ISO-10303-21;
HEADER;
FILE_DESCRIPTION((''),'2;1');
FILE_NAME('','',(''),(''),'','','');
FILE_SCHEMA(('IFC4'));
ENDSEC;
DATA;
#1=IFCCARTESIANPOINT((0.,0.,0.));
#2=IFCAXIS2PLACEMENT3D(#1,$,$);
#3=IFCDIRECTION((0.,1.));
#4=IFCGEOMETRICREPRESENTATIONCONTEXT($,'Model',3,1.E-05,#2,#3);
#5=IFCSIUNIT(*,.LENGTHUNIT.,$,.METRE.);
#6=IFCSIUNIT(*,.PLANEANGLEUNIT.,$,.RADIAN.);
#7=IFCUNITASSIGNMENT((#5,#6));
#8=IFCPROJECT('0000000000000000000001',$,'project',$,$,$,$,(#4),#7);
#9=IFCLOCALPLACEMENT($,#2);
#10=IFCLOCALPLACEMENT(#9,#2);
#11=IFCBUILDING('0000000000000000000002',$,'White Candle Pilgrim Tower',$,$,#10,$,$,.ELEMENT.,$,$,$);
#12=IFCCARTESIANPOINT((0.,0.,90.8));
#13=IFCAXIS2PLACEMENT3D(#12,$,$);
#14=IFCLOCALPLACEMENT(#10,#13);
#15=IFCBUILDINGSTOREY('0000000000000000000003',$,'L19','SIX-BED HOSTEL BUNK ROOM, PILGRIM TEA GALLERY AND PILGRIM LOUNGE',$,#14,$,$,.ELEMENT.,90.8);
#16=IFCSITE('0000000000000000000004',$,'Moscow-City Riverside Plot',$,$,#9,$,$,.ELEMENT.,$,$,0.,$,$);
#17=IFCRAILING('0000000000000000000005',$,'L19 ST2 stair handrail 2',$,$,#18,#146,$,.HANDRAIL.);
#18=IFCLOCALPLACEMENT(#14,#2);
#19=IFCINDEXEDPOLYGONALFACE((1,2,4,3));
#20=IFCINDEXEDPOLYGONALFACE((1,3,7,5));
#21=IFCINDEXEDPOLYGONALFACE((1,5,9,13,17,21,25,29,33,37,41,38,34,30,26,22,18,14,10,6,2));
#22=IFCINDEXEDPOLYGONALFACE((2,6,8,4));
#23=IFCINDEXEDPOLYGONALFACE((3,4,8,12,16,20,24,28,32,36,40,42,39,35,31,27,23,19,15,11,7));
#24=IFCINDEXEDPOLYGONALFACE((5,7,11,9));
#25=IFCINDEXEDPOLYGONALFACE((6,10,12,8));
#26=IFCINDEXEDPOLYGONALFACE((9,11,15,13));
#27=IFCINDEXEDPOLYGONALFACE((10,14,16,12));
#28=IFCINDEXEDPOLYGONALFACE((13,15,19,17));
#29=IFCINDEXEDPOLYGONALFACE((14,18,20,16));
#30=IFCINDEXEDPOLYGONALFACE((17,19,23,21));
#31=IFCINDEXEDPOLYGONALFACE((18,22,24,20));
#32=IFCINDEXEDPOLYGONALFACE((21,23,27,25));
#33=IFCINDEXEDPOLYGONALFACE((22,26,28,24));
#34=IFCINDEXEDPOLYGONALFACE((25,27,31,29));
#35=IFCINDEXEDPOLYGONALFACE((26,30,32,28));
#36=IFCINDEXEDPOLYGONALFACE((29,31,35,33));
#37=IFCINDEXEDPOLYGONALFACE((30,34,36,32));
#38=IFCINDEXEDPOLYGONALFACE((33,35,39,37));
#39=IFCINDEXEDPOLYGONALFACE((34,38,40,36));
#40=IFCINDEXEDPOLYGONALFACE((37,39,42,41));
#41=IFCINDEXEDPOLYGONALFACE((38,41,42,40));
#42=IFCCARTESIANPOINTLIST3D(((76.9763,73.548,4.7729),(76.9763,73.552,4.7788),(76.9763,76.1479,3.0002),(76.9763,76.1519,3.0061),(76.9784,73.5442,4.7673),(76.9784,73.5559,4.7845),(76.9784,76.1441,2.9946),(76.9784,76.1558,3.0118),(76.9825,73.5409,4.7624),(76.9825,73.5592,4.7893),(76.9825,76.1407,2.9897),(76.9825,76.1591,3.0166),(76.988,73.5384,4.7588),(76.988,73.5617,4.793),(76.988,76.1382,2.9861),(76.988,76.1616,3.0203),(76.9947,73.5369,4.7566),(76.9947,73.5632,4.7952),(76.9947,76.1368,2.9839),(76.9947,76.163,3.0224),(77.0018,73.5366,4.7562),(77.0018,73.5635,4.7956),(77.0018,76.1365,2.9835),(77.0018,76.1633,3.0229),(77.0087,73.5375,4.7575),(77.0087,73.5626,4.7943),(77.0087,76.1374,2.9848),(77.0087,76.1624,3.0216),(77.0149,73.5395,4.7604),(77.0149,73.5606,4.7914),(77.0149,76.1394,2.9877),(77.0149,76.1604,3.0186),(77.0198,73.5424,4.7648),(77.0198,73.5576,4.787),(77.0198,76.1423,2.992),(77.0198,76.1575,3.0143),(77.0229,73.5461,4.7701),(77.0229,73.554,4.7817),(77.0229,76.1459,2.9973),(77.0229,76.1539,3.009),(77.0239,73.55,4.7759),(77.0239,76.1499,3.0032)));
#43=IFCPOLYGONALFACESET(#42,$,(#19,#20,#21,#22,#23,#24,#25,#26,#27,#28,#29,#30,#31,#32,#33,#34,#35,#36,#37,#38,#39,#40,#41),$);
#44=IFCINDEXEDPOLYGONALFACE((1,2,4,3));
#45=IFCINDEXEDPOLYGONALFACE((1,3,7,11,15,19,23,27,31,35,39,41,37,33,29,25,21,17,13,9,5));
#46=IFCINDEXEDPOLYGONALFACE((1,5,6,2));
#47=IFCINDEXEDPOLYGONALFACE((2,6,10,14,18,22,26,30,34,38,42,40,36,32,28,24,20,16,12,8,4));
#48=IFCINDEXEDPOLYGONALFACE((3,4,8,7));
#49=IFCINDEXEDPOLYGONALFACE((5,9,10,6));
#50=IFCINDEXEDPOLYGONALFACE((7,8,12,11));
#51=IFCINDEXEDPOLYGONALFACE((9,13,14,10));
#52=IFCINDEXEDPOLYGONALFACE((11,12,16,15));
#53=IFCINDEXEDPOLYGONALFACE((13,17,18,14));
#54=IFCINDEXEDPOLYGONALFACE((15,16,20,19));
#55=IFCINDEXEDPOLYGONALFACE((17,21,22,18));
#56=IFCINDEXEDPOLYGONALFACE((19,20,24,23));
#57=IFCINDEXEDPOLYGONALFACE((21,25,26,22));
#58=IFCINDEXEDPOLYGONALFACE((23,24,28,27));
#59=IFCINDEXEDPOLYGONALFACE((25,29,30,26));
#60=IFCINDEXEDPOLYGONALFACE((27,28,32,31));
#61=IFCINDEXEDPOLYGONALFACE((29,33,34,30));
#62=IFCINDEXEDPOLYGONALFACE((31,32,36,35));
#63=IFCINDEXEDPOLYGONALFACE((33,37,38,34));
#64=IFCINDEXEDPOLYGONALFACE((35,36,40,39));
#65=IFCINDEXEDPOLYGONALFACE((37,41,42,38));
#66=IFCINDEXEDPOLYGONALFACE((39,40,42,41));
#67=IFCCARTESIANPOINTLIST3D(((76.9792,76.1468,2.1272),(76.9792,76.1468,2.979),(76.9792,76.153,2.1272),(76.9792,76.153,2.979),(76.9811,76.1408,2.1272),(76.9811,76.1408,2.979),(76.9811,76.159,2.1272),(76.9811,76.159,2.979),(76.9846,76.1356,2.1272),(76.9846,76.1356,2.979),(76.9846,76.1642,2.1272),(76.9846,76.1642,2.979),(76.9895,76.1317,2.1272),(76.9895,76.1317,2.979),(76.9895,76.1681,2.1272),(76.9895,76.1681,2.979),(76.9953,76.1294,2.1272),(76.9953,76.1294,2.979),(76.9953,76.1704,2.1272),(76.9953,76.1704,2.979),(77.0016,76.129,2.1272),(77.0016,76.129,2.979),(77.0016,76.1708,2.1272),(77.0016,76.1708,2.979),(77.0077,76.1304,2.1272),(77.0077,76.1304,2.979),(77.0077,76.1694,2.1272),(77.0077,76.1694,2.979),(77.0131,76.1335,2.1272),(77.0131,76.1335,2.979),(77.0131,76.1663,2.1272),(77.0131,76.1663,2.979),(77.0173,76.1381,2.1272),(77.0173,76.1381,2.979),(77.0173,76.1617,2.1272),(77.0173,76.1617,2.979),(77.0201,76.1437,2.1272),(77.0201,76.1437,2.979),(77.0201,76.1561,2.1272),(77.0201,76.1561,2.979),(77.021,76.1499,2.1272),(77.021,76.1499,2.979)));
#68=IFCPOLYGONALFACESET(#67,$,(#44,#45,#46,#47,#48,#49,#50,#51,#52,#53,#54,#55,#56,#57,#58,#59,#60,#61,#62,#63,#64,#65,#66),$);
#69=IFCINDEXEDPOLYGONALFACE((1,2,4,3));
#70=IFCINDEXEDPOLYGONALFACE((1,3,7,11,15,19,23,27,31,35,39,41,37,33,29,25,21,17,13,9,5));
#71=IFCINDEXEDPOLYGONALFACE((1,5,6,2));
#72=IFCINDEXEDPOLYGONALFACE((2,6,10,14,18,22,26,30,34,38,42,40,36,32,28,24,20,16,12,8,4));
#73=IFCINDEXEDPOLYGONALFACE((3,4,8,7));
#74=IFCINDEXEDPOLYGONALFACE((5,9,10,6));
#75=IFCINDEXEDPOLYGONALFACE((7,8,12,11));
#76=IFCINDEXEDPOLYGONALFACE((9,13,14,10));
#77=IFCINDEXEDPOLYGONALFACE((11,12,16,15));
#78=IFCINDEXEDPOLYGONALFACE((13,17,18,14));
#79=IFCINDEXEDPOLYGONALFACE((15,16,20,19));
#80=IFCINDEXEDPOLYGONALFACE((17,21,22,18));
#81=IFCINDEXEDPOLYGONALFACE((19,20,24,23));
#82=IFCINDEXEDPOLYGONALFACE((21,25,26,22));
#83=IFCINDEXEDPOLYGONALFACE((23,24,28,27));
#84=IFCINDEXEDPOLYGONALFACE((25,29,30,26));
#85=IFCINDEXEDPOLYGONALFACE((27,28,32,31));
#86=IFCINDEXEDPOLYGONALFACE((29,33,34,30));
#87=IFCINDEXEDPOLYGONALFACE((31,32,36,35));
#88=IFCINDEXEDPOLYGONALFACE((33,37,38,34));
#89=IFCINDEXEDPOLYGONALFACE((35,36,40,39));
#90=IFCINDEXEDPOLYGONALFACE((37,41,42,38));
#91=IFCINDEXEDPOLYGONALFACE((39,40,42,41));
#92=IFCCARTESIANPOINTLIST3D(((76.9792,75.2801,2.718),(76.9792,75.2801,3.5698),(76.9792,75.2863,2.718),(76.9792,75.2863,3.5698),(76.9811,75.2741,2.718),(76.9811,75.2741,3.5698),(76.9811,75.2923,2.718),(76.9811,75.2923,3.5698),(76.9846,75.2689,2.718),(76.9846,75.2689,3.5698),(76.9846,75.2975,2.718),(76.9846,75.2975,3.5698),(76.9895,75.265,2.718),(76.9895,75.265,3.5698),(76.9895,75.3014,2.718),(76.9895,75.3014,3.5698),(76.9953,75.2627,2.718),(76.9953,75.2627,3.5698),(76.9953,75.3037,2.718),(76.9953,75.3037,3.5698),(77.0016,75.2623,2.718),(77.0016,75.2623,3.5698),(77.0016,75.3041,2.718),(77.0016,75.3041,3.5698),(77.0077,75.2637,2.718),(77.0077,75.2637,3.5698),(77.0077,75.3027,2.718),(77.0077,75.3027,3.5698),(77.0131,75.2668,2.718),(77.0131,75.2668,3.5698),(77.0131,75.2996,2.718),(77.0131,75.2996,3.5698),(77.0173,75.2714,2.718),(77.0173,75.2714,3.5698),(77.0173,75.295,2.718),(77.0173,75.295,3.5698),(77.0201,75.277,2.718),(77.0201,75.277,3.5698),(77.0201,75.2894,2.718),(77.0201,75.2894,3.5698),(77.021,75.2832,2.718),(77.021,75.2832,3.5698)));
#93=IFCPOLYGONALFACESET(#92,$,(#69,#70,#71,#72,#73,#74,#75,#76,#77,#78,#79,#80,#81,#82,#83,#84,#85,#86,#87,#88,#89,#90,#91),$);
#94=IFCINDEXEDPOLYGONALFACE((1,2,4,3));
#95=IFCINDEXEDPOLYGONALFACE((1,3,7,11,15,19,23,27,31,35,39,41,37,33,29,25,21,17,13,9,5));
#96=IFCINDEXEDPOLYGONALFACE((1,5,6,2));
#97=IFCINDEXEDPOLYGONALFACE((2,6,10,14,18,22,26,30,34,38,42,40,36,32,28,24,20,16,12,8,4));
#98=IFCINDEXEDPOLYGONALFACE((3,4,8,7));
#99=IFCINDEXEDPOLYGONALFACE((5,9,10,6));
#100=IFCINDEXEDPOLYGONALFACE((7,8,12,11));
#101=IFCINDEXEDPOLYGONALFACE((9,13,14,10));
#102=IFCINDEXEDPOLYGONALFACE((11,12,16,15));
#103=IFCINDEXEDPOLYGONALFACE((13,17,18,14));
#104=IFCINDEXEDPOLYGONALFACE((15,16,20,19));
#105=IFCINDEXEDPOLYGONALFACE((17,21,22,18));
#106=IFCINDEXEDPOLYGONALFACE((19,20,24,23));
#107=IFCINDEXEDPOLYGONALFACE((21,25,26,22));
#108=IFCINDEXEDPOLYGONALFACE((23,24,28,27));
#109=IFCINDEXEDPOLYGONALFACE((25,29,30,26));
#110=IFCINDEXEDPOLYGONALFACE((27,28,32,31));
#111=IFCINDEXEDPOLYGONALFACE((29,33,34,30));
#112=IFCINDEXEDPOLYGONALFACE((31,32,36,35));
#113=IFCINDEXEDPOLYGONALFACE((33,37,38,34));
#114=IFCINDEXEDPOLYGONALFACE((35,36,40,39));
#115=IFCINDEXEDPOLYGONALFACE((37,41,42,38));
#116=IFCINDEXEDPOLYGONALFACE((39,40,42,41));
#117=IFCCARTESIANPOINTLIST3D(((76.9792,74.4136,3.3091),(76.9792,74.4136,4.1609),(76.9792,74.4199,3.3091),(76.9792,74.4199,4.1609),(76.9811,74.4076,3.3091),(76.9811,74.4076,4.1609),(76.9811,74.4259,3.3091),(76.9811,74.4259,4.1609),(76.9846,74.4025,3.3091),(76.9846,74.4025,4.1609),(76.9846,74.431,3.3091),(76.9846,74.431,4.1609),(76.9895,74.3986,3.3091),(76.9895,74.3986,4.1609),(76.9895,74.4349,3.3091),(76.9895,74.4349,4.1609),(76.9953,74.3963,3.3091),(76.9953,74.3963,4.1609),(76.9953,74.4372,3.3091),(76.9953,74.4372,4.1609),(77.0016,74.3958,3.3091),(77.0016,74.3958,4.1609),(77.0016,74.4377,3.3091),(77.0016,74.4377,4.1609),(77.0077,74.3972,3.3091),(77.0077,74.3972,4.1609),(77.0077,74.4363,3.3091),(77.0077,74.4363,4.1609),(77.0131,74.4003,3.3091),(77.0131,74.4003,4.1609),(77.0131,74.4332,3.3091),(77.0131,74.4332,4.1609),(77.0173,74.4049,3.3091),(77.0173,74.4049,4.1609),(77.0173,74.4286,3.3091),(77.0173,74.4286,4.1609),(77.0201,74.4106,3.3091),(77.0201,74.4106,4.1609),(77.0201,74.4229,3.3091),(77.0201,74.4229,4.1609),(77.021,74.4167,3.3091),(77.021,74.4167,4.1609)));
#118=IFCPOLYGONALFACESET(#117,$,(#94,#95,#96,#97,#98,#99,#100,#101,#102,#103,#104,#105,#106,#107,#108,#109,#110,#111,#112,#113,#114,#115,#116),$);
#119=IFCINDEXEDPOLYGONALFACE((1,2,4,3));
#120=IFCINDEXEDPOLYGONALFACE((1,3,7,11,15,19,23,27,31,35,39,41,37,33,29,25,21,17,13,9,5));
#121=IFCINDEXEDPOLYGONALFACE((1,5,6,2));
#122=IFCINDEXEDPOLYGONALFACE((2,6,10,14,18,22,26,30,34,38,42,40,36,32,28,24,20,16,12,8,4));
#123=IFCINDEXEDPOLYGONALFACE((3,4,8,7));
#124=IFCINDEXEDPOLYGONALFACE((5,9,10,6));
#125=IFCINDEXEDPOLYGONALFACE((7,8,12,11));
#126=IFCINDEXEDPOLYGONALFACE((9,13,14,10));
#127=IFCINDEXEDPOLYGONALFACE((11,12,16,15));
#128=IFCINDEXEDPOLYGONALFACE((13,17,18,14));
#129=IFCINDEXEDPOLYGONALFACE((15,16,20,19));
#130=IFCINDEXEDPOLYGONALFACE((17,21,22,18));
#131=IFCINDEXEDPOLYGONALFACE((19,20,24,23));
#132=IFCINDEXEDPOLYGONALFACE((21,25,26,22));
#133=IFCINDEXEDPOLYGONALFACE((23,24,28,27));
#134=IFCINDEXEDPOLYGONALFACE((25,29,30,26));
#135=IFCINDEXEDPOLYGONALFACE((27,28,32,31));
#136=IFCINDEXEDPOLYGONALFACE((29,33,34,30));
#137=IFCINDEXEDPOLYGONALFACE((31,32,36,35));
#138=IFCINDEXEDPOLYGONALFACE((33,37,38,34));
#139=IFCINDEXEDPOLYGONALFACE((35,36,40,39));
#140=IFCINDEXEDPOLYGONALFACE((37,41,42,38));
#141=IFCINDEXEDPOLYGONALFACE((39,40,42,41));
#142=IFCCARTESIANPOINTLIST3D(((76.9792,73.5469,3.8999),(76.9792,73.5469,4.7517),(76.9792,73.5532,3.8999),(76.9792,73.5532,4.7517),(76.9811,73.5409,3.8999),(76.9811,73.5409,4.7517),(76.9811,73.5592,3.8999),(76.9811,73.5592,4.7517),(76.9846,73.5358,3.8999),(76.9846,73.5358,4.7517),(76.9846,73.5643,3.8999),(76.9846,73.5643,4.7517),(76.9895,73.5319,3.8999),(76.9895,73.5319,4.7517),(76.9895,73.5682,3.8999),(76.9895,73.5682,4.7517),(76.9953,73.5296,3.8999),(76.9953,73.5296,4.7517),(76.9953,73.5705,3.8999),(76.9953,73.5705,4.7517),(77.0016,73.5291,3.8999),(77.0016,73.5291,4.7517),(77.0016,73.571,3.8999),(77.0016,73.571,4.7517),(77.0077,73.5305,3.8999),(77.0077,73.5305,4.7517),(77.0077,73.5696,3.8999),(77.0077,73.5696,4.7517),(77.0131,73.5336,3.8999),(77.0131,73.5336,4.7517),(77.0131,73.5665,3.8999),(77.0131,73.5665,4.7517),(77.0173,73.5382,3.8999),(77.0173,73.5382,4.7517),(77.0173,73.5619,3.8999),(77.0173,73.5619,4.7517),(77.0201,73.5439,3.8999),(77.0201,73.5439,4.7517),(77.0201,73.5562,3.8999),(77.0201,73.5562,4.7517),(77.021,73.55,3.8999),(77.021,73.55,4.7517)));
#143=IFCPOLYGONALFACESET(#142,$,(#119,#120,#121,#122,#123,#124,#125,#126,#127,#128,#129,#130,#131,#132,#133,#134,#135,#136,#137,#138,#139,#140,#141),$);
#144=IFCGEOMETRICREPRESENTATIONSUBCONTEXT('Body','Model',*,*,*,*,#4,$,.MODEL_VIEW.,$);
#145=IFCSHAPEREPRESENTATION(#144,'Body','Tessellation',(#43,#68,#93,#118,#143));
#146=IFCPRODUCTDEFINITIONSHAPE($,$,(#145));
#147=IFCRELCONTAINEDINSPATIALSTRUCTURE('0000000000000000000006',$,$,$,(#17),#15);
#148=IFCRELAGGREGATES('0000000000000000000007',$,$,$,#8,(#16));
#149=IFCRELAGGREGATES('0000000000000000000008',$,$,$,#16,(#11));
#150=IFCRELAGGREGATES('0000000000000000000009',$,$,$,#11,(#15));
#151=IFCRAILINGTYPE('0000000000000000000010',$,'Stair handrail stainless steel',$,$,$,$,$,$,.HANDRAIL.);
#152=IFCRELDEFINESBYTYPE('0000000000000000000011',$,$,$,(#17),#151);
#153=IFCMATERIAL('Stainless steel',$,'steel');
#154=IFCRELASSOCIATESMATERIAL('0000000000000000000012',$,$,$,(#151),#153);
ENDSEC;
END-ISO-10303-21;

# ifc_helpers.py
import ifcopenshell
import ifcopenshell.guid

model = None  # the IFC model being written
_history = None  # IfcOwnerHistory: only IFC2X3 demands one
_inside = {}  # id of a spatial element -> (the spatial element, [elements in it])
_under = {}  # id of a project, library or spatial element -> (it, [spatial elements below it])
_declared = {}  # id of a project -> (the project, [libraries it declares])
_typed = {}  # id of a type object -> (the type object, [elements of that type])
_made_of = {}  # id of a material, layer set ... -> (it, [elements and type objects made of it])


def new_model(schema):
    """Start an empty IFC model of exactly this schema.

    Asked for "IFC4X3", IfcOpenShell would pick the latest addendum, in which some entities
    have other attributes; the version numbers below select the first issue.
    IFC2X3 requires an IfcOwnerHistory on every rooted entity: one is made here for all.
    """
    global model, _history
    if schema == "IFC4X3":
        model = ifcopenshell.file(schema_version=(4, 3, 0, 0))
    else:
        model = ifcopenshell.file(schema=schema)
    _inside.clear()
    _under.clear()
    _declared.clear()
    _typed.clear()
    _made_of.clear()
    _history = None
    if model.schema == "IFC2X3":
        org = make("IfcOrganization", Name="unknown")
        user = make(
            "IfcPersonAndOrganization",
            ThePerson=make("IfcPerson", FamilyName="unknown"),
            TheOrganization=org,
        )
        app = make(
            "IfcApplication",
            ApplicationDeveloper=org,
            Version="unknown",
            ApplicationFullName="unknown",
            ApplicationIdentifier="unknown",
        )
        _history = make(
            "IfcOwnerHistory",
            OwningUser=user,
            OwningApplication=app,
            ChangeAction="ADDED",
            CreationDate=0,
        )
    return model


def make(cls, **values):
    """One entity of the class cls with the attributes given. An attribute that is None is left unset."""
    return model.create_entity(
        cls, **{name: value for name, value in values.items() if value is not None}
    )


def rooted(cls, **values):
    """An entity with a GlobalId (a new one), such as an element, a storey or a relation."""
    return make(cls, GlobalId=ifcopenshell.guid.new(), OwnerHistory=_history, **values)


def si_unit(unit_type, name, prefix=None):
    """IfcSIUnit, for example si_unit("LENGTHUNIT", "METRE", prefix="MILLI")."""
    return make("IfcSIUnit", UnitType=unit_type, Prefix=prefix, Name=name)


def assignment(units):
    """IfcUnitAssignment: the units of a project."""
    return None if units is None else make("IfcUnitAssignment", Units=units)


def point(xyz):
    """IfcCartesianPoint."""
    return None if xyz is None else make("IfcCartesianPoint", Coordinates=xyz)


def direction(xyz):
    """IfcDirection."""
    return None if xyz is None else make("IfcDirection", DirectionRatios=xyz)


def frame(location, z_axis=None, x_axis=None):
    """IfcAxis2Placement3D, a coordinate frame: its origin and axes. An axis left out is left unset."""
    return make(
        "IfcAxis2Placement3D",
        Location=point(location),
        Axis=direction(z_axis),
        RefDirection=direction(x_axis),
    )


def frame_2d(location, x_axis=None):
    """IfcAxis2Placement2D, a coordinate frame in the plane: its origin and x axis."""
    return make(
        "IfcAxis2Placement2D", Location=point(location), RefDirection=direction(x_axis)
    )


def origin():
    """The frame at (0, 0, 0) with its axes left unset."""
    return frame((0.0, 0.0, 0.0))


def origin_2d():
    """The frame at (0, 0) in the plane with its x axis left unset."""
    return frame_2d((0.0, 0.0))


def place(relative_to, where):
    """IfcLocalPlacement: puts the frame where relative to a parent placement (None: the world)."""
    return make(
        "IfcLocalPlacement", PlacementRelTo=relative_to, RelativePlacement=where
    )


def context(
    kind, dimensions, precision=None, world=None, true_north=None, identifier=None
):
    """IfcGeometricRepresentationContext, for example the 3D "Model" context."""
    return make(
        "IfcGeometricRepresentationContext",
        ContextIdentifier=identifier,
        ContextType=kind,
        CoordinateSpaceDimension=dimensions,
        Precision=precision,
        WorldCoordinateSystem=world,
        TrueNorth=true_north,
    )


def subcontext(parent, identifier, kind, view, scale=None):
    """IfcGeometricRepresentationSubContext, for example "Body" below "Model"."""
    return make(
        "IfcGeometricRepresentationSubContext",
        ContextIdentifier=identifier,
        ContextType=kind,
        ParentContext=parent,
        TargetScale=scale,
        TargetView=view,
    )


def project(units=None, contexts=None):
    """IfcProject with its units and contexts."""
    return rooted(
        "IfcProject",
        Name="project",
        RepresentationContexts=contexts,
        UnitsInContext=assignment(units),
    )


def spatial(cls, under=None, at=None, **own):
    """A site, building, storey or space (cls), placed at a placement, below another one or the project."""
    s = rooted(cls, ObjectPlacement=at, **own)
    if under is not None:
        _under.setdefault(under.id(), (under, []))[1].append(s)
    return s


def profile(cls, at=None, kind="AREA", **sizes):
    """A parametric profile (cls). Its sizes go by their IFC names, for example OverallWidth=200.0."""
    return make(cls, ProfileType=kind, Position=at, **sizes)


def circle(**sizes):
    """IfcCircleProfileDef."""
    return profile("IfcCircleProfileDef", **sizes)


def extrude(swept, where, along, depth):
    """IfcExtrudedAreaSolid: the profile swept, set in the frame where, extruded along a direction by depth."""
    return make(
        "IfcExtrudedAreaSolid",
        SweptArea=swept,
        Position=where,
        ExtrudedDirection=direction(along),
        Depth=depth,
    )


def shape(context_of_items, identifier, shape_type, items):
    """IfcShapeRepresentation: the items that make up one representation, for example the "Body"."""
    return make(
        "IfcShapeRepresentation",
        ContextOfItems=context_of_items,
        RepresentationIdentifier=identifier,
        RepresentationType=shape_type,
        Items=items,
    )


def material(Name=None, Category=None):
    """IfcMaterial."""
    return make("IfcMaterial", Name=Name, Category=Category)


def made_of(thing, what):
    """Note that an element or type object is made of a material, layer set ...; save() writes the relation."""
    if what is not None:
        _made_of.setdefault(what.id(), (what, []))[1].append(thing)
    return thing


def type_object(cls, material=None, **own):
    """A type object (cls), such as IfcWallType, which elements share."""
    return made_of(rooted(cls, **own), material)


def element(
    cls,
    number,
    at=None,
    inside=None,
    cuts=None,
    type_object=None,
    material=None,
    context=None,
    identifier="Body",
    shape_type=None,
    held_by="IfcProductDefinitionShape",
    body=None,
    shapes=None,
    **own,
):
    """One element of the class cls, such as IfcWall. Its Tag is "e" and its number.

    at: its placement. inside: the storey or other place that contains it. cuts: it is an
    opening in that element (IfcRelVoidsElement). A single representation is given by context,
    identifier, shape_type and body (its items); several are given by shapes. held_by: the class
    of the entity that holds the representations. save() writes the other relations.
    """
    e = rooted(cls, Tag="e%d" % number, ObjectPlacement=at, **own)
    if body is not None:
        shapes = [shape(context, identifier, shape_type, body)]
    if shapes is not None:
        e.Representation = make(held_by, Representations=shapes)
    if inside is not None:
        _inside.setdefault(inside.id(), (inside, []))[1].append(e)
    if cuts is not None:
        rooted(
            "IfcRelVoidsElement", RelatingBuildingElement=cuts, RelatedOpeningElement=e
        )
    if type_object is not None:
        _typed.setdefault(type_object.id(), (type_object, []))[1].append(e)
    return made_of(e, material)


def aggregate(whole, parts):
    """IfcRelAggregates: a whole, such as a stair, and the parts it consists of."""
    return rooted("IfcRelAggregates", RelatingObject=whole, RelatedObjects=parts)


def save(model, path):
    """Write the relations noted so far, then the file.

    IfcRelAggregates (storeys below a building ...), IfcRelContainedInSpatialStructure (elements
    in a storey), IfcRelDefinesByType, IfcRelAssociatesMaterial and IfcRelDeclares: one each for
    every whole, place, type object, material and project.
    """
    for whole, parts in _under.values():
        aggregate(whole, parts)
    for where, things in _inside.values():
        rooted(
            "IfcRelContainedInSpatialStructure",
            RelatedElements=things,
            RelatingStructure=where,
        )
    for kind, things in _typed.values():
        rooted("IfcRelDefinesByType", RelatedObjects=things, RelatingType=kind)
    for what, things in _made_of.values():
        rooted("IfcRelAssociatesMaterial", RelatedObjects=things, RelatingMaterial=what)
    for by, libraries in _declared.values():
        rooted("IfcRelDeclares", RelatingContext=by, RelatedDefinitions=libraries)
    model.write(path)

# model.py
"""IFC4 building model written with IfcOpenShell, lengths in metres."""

from ifc_helpers import new_model, si_unit, direction, frame, origin, origin_2d, place, context, subcontext, project, spatial, circle, extrude, material, type_object, element, save


model = new_model("IFC4")

# Units and contexts
model_context = context("Model", 3, precision=1e-05, world=origin(), true_north=direction((0.0, 1.0)))
body_context = subcontext(model_context, "Body", "Model", "MODEL_VIEW")
ifc_project = project(units=[si_unit("LENGTHUNIT", "METRE"), si_unit("PLANEANGLEUNIT", "RADIAN")], contexts=[model_context])

# Site, building, storey
site_placement = place(None, origin())
site = spatial("IfcSite", under=ifc_project, at=site_placement, Name="Moscow-City Riverside Plot", CompositionType="ELEMENT", RefElevation=0.0)
building_placement = place(site_placement, origin())
building = spatial("IfcBuilding", under=site, at=building_placement, Name="White Candle Pilgrim Tower", CompositionType="ELEMENT")
storey_placement = place(building_placement, frame((0.0, 0.0, 90.8)))
storey = spatial("IfcBuildingStorey", under=building, at=storey_placement, Name="L19", Description="SIX-BED HOSTEL BUNK ROOM, PILGRIM TEA GALLERY AND PILGRIM LOUNGE", CompositionType="ELEMENT", Elevation=90.8)

# Railing
ifc_material_1 = material(Name="Stainless steel", Category="steel")
railing_type_1 = type_object("IfcRailingType", Name="Stair handrail stainless steel", PredefinedType="HANDRAIL", material=ifc_material_1)
railing_1_placement = place(storey_placement, frame((77.0, 76.1499, 2.1272)))
element("IfcRailing", 1, at=railing_1_placement, inside=storey, type_object=railing_type_1, Name="L19 ST2 stair handrail 2", PredefinedType="HANDRAIL", context=body_context, shape_type="SweptSolid", body=[
    extrude(circle(Radius=0.0239, at=origin_2d()), frame((0.0, 0.0, 0.876), z_axis=(0.0, -0.826216, 0.563354), x_axis=(1.0, 0.0, 0.0)), (0.0, 0.0, 1.0), 3.1467),
    extrude(circle(Radius=0.021, at=origin_2d()), origin(), (0.0, 0.0, 1.0), 0.8518),
    extrude(circle(Radius=0.021, at=origin_2d()), frame((0.0, -0.8667, 0.5908)), (0.0, 0.0, 1.0), 0.8518),
    extrude(circle(Radius=0.021, at=origin_2d()), frame((0.0, -1.7332, 1.1819)), (0.0, 0.0, 1.0), 0.8518),
    extrude(circle(Radius=0.021, at=origin_2d()), frame((0.0, -2.5999, 1.7727)), (0.0, 0.0, 1.0), 0.8518),
])

save(model, "model.ifc")
